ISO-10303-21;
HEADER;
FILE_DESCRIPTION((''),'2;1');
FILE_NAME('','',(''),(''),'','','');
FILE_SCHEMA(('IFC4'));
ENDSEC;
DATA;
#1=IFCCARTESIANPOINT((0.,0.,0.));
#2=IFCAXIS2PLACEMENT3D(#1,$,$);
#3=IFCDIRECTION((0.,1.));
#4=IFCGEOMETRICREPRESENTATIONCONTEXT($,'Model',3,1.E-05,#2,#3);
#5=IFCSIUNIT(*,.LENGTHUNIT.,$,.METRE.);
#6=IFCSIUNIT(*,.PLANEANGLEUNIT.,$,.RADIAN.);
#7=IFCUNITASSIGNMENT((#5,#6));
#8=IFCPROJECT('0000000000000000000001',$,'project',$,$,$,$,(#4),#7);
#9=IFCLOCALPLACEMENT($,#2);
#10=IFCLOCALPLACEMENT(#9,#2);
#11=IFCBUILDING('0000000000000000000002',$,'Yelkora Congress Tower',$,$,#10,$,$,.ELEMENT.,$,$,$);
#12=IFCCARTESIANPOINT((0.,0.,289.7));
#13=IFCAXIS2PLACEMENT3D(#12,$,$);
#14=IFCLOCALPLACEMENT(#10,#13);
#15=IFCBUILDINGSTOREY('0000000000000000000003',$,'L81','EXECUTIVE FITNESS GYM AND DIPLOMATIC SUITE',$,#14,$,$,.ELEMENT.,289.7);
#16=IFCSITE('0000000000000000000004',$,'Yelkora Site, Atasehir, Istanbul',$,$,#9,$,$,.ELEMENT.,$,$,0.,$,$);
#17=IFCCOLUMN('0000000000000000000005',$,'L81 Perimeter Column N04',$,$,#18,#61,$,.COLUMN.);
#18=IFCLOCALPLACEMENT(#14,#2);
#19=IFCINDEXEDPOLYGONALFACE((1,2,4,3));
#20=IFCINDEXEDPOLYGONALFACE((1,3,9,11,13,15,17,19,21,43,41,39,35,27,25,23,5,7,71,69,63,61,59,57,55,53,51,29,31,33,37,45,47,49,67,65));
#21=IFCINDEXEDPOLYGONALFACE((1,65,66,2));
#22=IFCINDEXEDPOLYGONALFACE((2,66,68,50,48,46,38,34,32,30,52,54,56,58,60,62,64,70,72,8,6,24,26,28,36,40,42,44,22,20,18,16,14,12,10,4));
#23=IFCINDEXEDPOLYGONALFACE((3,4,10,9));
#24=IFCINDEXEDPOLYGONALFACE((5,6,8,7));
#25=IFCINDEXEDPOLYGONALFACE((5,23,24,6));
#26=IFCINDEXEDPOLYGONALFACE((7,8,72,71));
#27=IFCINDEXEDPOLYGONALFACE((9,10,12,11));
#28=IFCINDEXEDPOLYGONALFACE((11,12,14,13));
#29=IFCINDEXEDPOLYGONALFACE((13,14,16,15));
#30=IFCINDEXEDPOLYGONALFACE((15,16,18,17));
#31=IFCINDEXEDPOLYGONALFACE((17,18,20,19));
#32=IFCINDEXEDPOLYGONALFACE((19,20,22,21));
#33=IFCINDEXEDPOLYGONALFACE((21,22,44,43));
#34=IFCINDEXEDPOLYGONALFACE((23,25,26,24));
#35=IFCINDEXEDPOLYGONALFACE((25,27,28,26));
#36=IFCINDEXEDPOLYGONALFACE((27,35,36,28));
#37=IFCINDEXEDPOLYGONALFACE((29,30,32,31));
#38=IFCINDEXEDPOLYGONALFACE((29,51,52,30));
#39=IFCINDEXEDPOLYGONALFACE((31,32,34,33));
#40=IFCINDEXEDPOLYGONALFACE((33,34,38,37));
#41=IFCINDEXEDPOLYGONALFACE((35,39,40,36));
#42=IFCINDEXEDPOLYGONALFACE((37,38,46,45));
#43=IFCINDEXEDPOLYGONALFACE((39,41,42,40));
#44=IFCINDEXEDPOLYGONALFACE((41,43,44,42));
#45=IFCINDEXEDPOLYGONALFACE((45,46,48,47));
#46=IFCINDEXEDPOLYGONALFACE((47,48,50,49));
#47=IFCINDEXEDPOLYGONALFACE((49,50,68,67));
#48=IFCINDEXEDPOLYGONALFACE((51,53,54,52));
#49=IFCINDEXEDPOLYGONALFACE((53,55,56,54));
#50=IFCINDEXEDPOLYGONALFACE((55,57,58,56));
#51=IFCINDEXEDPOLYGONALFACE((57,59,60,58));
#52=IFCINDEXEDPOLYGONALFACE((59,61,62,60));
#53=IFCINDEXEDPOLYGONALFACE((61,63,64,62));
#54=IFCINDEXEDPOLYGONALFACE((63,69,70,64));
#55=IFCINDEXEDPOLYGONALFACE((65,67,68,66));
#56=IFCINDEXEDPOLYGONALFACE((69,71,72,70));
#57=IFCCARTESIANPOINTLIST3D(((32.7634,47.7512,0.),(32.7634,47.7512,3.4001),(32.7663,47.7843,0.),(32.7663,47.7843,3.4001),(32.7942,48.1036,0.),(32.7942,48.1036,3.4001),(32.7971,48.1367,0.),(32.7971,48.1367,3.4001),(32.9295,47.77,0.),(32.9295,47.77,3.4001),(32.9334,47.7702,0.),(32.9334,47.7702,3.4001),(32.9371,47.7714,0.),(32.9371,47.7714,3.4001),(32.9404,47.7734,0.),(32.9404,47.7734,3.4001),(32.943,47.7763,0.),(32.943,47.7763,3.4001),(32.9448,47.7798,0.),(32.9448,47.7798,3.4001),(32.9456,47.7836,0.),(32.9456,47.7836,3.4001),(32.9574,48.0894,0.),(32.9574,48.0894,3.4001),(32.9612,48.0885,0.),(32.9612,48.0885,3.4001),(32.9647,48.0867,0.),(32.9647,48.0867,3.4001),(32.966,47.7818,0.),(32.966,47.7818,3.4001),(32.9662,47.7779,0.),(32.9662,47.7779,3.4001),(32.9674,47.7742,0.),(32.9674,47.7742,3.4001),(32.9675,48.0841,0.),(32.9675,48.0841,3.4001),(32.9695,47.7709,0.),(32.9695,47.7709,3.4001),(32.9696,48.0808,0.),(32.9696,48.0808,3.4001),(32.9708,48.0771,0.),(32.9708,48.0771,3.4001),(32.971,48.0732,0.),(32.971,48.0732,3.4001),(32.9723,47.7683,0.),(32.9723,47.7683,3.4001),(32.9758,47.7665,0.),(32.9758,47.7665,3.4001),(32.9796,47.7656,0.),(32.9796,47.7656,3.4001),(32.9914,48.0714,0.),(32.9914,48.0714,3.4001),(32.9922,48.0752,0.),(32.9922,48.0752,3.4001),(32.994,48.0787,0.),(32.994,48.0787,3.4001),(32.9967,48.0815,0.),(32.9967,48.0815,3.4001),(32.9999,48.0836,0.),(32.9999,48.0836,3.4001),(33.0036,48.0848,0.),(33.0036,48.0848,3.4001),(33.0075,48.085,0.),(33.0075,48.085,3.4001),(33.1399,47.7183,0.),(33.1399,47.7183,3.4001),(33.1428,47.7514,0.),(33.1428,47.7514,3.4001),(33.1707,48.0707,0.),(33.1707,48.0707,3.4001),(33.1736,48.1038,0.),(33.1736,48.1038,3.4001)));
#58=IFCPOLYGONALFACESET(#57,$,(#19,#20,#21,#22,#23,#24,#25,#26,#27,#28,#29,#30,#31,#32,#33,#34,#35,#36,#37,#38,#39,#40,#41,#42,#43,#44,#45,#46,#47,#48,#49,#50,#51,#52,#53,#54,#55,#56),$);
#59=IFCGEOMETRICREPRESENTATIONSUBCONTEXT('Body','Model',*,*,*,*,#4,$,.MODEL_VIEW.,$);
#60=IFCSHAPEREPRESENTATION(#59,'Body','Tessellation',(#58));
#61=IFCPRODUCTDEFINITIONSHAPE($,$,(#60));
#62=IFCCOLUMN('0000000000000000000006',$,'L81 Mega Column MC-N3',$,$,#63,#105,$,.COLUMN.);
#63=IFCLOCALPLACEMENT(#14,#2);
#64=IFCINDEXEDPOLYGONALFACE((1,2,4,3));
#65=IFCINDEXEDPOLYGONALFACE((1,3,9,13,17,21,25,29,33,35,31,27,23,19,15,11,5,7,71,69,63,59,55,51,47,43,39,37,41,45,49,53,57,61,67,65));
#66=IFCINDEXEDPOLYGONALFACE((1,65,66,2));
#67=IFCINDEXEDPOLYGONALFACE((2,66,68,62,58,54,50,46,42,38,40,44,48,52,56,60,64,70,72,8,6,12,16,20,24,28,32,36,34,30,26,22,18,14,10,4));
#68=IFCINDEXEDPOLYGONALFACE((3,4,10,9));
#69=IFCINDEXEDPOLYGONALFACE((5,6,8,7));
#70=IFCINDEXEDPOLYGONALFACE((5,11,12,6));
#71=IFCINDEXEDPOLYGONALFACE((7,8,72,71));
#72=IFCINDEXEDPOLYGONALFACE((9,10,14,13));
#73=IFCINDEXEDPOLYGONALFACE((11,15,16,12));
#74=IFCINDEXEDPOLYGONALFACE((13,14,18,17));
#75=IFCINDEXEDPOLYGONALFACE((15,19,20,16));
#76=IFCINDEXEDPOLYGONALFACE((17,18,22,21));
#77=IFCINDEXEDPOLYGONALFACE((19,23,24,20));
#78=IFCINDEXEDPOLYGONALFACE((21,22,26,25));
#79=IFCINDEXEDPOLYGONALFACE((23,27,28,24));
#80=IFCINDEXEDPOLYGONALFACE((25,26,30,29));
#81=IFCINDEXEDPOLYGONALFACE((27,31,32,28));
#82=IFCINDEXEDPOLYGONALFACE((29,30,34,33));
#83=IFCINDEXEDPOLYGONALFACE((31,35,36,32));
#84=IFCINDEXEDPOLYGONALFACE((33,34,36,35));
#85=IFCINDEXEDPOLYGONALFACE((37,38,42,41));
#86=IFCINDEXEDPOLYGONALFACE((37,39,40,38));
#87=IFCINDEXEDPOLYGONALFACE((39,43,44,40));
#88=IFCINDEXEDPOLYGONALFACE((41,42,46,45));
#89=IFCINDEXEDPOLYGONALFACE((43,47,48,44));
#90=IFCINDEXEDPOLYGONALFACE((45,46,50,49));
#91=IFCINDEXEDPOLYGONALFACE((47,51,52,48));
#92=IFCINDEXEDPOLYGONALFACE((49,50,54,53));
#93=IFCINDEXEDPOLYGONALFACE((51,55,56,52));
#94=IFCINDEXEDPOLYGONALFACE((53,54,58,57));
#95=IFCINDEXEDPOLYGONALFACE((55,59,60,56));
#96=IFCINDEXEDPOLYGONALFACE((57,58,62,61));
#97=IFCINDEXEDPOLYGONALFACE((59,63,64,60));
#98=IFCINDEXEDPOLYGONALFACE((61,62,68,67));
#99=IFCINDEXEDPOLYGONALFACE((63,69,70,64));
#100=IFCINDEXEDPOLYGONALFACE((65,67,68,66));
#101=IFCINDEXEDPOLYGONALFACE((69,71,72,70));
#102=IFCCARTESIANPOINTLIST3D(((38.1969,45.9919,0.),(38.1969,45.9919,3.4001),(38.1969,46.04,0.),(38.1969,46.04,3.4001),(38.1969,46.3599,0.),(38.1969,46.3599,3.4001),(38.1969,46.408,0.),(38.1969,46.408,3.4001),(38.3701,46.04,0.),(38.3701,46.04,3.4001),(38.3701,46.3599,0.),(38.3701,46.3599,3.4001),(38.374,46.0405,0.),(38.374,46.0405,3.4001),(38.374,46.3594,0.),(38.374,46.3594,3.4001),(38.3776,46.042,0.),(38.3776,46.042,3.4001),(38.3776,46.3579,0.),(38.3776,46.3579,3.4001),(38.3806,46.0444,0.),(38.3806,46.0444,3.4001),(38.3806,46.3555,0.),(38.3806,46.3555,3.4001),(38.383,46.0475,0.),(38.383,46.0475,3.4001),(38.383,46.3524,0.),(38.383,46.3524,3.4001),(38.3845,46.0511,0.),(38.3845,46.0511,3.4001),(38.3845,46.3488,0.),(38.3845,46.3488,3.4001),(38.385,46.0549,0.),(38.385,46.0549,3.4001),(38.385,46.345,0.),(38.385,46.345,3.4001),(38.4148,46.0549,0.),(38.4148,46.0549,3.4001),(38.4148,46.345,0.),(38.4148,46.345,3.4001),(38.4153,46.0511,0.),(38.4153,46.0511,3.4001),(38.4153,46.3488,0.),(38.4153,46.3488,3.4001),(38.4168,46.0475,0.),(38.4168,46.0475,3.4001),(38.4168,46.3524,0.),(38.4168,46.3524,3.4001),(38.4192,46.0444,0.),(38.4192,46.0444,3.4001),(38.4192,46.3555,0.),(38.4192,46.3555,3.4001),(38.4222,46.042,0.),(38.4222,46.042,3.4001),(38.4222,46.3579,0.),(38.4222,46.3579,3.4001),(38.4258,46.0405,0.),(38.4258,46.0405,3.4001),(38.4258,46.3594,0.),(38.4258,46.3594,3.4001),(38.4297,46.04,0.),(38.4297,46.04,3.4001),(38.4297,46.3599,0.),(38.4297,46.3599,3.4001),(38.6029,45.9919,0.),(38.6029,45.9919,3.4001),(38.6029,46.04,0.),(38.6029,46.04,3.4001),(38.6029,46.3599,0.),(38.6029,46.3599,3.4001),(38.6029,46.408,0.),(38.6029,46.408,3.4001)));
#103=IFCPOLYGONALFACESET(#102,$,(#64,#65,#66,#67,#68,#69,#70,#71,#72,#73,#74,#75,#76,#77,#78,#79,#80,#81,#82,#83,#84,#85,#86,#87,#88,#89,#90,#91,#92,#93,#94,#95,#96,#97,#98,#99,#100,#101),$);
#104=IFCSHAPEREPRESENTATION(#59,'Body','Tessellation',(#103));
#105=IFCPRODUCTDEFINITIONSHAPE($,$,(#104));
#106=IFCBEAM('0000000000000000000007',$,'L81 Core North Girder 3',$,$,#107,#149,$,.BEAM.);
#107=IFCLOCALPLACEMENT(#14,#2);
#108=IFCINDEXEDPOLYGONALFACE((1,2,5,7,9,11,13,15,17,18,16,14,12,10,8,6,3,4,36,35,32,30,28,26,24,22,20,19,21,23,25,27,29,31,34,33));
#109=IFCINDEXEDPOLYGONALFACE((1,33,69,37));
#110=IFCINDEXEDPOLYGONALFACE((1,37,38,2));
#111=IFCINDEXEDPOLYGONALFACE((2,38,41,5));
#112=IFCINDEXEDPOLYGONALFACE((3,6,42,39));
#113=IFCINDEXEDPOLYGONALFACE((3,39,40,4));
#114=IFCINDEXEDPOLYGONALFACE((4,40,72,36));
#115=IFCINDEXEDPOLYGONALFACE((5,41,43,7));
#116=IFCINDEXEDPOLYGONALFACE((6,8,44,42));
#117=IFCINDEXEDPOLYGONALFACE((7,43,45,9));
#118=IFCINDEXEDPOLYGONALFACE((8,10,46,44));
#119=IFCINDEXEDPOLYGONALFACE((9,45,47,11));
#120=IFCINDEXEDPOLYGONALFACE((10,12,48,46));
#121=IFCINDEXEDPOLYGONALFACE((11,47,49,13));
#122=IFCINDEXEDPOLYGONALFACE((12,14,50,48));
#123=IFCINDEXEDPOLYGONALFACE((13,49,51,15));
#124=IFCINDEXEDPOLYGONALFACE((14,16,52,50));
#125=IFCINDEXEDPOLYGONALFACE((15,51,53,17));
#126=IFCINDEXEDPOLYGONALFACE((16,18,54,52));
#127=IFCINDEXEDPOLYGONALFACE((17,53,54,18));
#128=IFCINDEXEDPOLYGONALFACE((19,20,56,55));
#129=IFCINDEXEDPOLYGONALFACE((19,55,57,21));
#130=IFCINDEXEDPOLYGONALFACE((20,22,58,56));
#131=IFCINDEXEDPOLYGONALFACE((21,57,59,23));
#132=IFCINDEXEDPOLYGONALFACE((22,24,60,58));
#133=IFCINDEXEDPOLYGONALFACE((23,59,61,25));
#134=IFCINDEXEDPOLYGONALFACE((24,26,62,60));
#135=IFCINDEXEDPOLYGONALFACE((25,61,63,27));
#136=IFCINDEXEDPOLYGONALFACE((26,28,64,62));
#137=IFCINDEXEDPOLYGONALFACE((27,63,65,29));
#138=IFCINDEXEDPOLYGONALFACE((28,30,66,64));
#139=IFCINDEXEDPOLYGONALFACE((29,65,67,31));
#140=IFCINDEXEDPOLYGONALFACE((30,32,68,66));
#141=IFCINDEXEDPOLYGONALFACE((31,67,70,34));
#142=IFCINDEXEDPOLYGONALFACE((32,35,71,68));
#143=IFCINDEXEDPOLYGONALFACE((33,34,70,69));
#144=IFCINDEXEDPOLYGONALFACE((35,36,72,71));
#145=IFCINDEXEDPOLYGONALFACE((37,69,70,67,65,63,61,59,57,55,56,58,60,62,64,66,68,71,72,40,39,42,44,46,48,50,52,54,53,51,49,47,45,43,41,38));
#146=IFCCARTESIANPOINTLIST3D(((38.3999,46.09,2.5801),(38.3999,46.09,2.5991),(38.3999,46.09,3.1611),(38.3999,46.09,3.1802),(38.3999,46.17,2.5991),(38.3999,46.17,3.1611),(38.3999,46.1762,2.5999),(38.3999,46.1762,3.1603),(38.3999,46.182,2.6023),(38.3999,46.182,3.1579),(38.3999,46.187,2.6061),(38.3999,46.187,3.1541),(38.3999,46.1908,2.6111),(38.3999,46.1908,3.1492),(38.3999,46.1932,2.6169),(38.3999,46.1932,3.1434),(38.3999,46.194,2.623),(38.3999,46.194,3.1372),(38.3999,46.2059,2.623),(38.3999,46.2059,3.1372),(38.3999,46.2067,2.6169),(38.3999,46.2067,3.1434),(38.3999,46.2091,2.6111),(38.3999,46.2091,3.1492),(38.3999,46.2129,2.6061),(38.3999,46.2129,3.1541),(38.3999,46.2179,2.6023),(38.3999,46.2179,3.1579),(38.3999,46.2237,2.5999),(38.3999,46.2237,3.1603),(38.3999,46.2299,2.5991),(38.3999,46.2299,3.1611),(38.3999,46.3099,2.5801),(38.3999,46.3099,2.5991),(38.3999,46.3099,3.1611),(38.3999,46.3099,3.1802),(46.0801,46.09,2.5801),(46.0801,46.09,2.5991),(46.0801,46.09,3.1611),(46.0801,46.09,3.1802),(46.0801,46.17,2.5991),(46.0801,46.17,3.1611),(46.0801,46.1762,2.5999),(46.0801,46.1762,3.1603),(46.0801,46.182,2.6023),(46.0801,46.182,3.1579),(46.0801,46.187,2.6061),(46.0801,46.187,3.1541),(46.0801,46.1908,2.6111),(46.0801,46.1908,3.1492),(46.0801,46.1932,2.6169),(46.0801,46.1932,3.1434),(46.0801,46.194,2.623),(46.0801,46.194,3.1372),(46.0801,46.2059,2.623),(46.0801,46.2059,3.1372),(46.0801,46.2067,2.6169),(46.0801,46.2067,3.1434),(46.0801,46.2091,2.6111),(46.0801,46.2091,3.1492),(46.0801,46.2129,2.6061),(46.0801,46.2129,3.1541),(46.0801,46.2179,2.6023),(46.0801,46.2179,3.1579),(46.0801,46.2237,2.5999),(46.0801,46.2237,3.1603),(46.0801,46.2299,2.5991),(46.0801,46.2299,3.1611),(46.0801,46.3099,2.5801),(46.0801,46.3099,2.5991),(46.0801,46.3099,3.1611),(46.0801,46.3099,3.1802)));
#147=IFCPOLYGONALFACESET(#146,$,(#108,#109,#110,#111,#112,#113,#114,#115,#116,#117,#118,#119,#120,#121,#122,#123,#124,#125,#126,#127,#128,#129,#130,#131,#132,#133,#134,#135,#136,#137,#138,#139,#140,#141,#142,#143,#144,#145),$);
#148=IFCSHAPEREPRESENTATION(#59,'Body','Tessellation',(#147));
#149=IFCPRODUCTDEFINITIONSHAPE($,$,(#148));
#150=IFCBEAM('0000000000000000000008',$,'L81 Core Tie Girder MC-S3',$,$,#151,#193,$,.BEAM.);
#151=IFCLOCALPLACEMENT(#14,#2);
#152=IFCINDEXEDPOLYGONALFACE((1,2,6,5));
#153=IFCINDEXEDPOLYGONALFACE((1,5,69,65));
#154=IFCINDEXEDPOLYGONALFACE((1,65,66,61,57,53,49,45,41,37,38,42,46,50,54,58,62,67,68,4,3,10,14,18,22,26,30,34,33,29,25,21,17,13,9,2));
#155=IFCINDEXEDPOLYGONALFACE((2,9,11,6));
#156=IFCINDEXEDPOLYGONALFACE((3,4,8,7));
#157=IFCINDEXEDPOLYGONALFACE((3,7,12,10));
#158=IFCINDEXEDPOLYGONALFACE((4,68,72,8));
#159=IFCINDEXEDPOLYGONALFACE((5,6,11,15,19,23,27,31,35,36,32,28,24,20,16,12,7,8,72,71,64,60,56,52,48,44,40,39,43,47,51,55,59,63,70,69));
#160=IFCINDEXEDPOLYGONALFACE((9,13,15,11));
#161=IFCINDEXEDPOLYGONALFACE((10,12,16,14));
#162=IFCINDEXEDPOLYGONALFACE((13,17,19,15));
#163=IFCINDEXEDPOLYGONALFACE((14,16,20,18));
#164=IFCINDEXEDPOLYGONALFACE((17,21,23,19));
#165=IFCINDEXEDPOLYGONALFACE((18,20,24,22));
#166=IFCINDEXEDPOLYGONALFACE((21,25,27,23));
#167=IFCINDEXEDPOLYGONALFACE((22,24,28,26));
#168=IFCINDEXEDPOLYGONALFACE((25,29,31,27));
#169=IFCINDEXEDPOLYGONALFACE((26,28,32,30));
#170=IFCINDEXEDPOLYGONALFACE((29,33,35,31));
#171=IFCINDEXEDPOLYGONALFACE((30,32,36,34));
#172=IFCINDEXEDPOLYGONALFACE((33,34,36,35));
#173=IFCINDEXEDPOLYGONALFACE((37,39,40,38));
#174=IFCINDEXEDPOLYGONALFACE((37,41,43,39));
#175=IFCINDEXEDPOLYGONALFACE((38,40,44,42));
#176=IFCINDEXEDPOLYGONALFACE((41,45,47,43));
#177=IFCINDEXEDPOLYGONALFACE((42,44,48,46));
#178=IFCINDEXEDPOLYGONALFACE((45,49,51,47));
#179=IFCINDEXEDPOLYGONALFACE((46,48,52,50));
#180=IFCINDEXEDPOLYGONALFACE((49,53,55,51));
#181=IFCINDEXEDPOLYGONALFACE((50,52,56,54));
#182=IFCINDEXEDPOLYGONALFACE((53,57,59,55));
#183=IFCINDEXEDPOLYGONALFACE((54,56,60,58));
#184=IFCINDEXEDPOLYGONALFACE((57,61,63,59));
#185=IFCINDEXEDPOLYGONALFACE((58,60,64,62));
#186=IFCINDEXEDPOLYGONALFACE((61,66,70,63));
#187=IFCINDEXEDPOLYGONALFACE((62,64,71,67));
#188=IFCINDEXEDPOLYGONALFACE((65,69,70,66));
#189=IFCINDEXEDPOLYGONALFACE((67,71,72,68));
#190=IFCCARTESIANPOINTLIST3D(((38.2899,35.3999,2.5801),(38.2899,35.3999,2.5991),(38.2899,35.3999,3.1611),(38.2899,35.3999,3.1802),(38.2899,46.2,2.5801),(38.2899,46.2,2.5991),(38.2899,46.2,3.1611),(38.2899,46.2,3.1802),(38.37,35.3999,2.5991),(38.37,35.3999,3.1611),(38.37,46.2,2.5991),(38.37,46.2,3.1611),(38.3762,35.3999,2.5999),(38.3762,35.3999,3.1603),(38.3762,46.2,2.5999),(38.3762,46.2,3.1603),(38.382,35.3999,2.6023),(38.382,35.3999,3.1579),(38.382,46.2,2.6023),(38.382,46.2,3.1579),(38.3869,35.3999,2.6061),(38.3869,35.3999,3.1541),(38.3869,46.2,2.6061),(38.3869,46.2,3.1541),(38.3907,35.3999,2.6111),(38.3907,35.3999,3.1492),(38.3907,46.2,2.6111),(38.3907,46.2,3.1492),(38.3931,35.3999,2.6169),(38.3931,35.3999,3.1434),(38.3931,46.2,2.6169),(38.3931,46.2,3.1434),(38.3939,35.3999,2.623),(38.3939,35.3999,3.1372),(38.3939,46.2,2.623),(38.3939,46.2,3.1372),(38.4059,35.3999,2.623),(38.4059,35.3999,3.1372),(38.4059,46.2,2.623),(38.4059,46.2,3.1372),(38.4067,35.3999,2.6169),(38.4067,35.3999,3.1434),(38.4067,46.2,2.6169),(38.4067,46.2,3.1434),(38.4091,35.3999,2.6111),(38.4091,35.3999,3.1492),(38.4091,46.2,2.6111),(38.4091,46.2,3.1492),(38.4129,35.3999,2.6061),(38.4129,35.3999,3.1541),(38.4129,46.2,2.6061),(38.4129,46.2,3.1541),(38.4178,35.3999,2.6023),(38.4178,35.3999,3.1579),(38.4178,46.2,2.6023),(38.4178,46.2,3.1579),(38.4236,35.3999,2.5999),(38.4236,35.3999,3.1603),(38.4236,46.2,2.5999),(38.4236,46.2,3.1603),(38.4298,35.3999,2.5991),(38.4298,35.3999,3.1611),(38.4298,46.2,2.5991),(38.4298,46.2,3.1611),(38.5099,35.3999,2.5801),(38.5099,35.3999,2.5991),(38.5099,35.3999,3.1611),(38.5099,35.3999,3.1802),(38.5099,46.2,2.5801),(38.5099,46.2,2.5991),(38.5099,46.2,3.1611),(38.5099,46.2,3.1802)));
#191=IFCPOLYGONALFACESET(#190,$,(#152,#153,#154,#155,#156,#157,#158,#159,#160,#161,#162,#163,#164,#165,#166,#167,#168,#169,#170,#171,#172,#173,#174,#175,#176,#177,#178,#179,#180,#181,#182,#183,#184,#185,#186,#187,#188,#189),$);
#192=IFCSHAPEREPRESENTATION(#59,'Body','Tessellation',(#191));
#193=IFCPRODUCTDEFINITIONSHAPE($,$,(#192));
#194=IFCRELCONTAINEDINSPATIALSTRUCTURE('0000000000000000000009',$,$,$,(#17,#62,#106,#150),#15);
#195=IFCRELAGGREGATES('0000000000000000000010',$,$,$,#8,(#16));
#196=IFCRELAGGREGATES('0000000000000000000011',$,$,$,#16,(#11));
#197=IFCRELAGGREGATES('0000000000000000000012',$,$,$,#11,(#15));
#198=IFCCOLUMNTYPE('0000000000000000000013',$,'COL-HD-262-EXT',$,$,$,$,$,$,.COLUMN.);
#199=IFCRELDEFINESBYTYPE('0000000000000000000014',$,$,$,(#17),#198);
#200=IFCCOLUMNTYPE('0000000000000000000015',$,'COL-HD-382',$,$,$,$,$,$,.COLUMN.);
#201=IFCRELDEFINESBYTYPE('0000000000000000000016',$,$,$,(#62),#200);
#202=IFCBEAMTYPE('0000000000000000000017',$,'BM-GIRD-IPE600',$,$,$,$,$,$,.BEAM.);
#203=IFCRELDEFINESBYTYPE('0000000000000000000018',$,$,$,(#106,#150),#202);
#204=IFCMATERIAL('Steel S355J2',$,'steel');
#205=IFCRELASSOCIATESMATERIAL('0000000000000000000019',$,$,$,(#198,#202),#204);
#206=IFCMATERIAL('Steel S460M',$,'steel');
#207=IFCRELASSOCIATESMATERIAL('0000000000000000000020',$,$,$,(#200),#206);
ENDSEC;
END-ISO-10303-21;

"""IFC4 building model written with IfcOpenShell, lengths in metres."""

from ifc_helpers import new_model, si_unit, direction, frame, origin, origin_2d, place, context, subcontext, project, spatial, i_section, extrude, material, material_profile, profile_set, type_object, element, save


model = new_model("IFC4")

# Units and contexts
model_context = context("Model", 3, precision=1e-05, world=origin(), true_north=direction((0.0, 1.0)))
body_context = subcontext(model_context, "Body", "Model", "MODEL_VIEW")
ifc_project = project(units=[si_unit("LENGTHUNIT", "METRE"), si_unit("PLANEANGLEUNIT", "RADIAN")], contexts=[model_context])

# Site, building, storey
site_placement = place(None, origin())
site = spatial("IfcSite", under=ifc_project, at=site_placement, Name="Yelkora Site, Atasehir, Istanbul", CompositionType="ELEMENT", RefElevation=0.0)
building_placement = place(site_placement, origin())
building = spatial("IfcBuilding", under=site, at=building_placement, Name="Yelkora Congress Tower", CompositionType="ELEMENT")
storey_placement = place(building_placement, frame((0.0, 0.0, 289.7)))
storey = spatial("IfcBuildingStorey", under=building, at=storey_placement, Name="L81", Description="EXECUTIVE FITNESS GYM AND DIPLOMATIC SUITE", CompositionType="ELEMENT", Elevation=289.7)

# Columns
ifc_material_1 = material(Name="Steel S355J2", Category="steel")
ifc_material_profile_1 = material_profile(ifc_material_1, i_section(OverallWidth=0.3779, OverallDepth=0.387, WebThickness=0.0205, FlangeThickness=0.0332, FilletRadius=0.0149, at=origin_2d()), Name="HD 360x262")
ifc_profile_set_1 = profile_set([ifc_material_profile_1], Name="Steel S355J2")
column_type_1 = type_object("IfcColumnType", Name="COL-HD-262-EXT", PredefinedType="COLUMN", material=ifc_profile_set_1)
column_1_placement = place(storey_placement, frame((32.9685, 47.9275, 0.0), z_axis=(0.0, 0.0, 1.0), x_axis=(0.996195, -0.087156, 0.0)))
element("IfcColumn", 1, at=column_1_placement, inside=storey, type_object=column_type_1, Name="L81 Perimeter Column N04", PredefinedType="COLUMN", context=body_context, shape_type="SweptSolid", body=[
    extrude(i_section(OverallWidth=0.3779, OverallDepth=0.387, WebThickness=0.0205, FlangeThickness=0.0332, FilletRadius=0.0149, at=origin_2d()), origin(), (0.0, 0.0, 1.0), 3.4001),
])
ifc_material_2 = material(Name="Steel S460M", Category="steel")
ifc_material_profile_2 = material_profile(ifc_material_2, i_section(OverallWidth=0.406, OverallDepth=0.416, WebThickness=0.0298, FlangeThickness=0.0481, FilletRadius=0.0149, at=origin_2d()), Name="HD 400x382")
ifc_profile_set_2 = profile_set([ifc_material_profile_2], Name="Steel S460M")
column_type_2 = type_object("IfcColumnType", Name="COL-HD-382", PredefinedType="COLUMN", material=ifc_profile_set_2)
column_2_placement = place(storey_placement, frame((38.3999, 46.2, 0.0), z_axis=(0.0, 0.0, 1.0), x_axis=(1.0, 0.0, 0.0)))
element("IfcColumn", 2, at=column_2_placement, inside=storey, type_object=column_type_2, Name="L81 Mega Column MC-N3", PredefinedType="COLUMN", context=body_context, shape_type="SweptSolid", body=[
    extrude(i_section(OverallWidth=0.406, OverallDepth=0.416, WebThickness=0.0298, FlangeThickness=0.0481, FilletRadius=0.0149, at=origin_2d()), origin(), (0.0, 0.0, 1.0), 3.4001),
])

# Beams
ifc_material_profile_3 = material_profile(ifc_material_1, i_section(OverallWidth=0.22, OverallDepth=0.6001, WebThickness=0.012, FlangeThickness=0.019, FilletRadius=0.0239, at=origin_2d()), Name="IPE 600")
ifc_profile_set_3 = profile_set([ifc_material_profile_3], Name="Steel S355J2")
beam_type_1 = type_object("IfcBeamType", Name="BM-GIRD-IPE600", PredefinedType="BEAM", material=ifc_profile_set_3)
beam_1_placement = place(storey_placement, frame((38.3999, 46.2, 2.8801), z_axis=(1.0, 0.0, 0.0), x_axis=(0.0, 1.0, 0.0)))
element("IfcBeam", 3, at=beam_1_placement, inside=storey, type_object=beam_type_1, Name="L81 Core North Girder 3", PredefinedType="BEAM", context=body_context, shape_type="SweptSolid", body=[
    extrude(i_section(OverallWidth=0.22, OverallDepth=0.6001, WebThickness=0.012, FlangeThickness=0.019, FilletRadius=0.0239, at=origin_2d()), origin(), (0.0, 0.0, 1.0), 7.6802),
])
beam_2_placement = place(storey_placement, frame((38.3999, 35.3999, 2.8801), z_axis=(0.0, 1.0, 0.0), x_axis=(-1.0, 0.0, 0.0)))
element("IfcBeam", 4, at=beam_2_placement, inside=storey, type_object=beam_type_1, Name="L81 Core Tie Girder MC-S3", PredefinedType="BEAM", context=body_context, shape_type="SweptSolid", body=[
    extrude(i_section(OverallWidth=0.22, OverallDepth=0.6001, WebThickness=0.012, FlangeThickness=0.019, FilletRadius=0.0239, at=origin_2d()), origin(), (0.0, 0.0, 1.0), 10.8),
])

save(model, "model.ifc")
